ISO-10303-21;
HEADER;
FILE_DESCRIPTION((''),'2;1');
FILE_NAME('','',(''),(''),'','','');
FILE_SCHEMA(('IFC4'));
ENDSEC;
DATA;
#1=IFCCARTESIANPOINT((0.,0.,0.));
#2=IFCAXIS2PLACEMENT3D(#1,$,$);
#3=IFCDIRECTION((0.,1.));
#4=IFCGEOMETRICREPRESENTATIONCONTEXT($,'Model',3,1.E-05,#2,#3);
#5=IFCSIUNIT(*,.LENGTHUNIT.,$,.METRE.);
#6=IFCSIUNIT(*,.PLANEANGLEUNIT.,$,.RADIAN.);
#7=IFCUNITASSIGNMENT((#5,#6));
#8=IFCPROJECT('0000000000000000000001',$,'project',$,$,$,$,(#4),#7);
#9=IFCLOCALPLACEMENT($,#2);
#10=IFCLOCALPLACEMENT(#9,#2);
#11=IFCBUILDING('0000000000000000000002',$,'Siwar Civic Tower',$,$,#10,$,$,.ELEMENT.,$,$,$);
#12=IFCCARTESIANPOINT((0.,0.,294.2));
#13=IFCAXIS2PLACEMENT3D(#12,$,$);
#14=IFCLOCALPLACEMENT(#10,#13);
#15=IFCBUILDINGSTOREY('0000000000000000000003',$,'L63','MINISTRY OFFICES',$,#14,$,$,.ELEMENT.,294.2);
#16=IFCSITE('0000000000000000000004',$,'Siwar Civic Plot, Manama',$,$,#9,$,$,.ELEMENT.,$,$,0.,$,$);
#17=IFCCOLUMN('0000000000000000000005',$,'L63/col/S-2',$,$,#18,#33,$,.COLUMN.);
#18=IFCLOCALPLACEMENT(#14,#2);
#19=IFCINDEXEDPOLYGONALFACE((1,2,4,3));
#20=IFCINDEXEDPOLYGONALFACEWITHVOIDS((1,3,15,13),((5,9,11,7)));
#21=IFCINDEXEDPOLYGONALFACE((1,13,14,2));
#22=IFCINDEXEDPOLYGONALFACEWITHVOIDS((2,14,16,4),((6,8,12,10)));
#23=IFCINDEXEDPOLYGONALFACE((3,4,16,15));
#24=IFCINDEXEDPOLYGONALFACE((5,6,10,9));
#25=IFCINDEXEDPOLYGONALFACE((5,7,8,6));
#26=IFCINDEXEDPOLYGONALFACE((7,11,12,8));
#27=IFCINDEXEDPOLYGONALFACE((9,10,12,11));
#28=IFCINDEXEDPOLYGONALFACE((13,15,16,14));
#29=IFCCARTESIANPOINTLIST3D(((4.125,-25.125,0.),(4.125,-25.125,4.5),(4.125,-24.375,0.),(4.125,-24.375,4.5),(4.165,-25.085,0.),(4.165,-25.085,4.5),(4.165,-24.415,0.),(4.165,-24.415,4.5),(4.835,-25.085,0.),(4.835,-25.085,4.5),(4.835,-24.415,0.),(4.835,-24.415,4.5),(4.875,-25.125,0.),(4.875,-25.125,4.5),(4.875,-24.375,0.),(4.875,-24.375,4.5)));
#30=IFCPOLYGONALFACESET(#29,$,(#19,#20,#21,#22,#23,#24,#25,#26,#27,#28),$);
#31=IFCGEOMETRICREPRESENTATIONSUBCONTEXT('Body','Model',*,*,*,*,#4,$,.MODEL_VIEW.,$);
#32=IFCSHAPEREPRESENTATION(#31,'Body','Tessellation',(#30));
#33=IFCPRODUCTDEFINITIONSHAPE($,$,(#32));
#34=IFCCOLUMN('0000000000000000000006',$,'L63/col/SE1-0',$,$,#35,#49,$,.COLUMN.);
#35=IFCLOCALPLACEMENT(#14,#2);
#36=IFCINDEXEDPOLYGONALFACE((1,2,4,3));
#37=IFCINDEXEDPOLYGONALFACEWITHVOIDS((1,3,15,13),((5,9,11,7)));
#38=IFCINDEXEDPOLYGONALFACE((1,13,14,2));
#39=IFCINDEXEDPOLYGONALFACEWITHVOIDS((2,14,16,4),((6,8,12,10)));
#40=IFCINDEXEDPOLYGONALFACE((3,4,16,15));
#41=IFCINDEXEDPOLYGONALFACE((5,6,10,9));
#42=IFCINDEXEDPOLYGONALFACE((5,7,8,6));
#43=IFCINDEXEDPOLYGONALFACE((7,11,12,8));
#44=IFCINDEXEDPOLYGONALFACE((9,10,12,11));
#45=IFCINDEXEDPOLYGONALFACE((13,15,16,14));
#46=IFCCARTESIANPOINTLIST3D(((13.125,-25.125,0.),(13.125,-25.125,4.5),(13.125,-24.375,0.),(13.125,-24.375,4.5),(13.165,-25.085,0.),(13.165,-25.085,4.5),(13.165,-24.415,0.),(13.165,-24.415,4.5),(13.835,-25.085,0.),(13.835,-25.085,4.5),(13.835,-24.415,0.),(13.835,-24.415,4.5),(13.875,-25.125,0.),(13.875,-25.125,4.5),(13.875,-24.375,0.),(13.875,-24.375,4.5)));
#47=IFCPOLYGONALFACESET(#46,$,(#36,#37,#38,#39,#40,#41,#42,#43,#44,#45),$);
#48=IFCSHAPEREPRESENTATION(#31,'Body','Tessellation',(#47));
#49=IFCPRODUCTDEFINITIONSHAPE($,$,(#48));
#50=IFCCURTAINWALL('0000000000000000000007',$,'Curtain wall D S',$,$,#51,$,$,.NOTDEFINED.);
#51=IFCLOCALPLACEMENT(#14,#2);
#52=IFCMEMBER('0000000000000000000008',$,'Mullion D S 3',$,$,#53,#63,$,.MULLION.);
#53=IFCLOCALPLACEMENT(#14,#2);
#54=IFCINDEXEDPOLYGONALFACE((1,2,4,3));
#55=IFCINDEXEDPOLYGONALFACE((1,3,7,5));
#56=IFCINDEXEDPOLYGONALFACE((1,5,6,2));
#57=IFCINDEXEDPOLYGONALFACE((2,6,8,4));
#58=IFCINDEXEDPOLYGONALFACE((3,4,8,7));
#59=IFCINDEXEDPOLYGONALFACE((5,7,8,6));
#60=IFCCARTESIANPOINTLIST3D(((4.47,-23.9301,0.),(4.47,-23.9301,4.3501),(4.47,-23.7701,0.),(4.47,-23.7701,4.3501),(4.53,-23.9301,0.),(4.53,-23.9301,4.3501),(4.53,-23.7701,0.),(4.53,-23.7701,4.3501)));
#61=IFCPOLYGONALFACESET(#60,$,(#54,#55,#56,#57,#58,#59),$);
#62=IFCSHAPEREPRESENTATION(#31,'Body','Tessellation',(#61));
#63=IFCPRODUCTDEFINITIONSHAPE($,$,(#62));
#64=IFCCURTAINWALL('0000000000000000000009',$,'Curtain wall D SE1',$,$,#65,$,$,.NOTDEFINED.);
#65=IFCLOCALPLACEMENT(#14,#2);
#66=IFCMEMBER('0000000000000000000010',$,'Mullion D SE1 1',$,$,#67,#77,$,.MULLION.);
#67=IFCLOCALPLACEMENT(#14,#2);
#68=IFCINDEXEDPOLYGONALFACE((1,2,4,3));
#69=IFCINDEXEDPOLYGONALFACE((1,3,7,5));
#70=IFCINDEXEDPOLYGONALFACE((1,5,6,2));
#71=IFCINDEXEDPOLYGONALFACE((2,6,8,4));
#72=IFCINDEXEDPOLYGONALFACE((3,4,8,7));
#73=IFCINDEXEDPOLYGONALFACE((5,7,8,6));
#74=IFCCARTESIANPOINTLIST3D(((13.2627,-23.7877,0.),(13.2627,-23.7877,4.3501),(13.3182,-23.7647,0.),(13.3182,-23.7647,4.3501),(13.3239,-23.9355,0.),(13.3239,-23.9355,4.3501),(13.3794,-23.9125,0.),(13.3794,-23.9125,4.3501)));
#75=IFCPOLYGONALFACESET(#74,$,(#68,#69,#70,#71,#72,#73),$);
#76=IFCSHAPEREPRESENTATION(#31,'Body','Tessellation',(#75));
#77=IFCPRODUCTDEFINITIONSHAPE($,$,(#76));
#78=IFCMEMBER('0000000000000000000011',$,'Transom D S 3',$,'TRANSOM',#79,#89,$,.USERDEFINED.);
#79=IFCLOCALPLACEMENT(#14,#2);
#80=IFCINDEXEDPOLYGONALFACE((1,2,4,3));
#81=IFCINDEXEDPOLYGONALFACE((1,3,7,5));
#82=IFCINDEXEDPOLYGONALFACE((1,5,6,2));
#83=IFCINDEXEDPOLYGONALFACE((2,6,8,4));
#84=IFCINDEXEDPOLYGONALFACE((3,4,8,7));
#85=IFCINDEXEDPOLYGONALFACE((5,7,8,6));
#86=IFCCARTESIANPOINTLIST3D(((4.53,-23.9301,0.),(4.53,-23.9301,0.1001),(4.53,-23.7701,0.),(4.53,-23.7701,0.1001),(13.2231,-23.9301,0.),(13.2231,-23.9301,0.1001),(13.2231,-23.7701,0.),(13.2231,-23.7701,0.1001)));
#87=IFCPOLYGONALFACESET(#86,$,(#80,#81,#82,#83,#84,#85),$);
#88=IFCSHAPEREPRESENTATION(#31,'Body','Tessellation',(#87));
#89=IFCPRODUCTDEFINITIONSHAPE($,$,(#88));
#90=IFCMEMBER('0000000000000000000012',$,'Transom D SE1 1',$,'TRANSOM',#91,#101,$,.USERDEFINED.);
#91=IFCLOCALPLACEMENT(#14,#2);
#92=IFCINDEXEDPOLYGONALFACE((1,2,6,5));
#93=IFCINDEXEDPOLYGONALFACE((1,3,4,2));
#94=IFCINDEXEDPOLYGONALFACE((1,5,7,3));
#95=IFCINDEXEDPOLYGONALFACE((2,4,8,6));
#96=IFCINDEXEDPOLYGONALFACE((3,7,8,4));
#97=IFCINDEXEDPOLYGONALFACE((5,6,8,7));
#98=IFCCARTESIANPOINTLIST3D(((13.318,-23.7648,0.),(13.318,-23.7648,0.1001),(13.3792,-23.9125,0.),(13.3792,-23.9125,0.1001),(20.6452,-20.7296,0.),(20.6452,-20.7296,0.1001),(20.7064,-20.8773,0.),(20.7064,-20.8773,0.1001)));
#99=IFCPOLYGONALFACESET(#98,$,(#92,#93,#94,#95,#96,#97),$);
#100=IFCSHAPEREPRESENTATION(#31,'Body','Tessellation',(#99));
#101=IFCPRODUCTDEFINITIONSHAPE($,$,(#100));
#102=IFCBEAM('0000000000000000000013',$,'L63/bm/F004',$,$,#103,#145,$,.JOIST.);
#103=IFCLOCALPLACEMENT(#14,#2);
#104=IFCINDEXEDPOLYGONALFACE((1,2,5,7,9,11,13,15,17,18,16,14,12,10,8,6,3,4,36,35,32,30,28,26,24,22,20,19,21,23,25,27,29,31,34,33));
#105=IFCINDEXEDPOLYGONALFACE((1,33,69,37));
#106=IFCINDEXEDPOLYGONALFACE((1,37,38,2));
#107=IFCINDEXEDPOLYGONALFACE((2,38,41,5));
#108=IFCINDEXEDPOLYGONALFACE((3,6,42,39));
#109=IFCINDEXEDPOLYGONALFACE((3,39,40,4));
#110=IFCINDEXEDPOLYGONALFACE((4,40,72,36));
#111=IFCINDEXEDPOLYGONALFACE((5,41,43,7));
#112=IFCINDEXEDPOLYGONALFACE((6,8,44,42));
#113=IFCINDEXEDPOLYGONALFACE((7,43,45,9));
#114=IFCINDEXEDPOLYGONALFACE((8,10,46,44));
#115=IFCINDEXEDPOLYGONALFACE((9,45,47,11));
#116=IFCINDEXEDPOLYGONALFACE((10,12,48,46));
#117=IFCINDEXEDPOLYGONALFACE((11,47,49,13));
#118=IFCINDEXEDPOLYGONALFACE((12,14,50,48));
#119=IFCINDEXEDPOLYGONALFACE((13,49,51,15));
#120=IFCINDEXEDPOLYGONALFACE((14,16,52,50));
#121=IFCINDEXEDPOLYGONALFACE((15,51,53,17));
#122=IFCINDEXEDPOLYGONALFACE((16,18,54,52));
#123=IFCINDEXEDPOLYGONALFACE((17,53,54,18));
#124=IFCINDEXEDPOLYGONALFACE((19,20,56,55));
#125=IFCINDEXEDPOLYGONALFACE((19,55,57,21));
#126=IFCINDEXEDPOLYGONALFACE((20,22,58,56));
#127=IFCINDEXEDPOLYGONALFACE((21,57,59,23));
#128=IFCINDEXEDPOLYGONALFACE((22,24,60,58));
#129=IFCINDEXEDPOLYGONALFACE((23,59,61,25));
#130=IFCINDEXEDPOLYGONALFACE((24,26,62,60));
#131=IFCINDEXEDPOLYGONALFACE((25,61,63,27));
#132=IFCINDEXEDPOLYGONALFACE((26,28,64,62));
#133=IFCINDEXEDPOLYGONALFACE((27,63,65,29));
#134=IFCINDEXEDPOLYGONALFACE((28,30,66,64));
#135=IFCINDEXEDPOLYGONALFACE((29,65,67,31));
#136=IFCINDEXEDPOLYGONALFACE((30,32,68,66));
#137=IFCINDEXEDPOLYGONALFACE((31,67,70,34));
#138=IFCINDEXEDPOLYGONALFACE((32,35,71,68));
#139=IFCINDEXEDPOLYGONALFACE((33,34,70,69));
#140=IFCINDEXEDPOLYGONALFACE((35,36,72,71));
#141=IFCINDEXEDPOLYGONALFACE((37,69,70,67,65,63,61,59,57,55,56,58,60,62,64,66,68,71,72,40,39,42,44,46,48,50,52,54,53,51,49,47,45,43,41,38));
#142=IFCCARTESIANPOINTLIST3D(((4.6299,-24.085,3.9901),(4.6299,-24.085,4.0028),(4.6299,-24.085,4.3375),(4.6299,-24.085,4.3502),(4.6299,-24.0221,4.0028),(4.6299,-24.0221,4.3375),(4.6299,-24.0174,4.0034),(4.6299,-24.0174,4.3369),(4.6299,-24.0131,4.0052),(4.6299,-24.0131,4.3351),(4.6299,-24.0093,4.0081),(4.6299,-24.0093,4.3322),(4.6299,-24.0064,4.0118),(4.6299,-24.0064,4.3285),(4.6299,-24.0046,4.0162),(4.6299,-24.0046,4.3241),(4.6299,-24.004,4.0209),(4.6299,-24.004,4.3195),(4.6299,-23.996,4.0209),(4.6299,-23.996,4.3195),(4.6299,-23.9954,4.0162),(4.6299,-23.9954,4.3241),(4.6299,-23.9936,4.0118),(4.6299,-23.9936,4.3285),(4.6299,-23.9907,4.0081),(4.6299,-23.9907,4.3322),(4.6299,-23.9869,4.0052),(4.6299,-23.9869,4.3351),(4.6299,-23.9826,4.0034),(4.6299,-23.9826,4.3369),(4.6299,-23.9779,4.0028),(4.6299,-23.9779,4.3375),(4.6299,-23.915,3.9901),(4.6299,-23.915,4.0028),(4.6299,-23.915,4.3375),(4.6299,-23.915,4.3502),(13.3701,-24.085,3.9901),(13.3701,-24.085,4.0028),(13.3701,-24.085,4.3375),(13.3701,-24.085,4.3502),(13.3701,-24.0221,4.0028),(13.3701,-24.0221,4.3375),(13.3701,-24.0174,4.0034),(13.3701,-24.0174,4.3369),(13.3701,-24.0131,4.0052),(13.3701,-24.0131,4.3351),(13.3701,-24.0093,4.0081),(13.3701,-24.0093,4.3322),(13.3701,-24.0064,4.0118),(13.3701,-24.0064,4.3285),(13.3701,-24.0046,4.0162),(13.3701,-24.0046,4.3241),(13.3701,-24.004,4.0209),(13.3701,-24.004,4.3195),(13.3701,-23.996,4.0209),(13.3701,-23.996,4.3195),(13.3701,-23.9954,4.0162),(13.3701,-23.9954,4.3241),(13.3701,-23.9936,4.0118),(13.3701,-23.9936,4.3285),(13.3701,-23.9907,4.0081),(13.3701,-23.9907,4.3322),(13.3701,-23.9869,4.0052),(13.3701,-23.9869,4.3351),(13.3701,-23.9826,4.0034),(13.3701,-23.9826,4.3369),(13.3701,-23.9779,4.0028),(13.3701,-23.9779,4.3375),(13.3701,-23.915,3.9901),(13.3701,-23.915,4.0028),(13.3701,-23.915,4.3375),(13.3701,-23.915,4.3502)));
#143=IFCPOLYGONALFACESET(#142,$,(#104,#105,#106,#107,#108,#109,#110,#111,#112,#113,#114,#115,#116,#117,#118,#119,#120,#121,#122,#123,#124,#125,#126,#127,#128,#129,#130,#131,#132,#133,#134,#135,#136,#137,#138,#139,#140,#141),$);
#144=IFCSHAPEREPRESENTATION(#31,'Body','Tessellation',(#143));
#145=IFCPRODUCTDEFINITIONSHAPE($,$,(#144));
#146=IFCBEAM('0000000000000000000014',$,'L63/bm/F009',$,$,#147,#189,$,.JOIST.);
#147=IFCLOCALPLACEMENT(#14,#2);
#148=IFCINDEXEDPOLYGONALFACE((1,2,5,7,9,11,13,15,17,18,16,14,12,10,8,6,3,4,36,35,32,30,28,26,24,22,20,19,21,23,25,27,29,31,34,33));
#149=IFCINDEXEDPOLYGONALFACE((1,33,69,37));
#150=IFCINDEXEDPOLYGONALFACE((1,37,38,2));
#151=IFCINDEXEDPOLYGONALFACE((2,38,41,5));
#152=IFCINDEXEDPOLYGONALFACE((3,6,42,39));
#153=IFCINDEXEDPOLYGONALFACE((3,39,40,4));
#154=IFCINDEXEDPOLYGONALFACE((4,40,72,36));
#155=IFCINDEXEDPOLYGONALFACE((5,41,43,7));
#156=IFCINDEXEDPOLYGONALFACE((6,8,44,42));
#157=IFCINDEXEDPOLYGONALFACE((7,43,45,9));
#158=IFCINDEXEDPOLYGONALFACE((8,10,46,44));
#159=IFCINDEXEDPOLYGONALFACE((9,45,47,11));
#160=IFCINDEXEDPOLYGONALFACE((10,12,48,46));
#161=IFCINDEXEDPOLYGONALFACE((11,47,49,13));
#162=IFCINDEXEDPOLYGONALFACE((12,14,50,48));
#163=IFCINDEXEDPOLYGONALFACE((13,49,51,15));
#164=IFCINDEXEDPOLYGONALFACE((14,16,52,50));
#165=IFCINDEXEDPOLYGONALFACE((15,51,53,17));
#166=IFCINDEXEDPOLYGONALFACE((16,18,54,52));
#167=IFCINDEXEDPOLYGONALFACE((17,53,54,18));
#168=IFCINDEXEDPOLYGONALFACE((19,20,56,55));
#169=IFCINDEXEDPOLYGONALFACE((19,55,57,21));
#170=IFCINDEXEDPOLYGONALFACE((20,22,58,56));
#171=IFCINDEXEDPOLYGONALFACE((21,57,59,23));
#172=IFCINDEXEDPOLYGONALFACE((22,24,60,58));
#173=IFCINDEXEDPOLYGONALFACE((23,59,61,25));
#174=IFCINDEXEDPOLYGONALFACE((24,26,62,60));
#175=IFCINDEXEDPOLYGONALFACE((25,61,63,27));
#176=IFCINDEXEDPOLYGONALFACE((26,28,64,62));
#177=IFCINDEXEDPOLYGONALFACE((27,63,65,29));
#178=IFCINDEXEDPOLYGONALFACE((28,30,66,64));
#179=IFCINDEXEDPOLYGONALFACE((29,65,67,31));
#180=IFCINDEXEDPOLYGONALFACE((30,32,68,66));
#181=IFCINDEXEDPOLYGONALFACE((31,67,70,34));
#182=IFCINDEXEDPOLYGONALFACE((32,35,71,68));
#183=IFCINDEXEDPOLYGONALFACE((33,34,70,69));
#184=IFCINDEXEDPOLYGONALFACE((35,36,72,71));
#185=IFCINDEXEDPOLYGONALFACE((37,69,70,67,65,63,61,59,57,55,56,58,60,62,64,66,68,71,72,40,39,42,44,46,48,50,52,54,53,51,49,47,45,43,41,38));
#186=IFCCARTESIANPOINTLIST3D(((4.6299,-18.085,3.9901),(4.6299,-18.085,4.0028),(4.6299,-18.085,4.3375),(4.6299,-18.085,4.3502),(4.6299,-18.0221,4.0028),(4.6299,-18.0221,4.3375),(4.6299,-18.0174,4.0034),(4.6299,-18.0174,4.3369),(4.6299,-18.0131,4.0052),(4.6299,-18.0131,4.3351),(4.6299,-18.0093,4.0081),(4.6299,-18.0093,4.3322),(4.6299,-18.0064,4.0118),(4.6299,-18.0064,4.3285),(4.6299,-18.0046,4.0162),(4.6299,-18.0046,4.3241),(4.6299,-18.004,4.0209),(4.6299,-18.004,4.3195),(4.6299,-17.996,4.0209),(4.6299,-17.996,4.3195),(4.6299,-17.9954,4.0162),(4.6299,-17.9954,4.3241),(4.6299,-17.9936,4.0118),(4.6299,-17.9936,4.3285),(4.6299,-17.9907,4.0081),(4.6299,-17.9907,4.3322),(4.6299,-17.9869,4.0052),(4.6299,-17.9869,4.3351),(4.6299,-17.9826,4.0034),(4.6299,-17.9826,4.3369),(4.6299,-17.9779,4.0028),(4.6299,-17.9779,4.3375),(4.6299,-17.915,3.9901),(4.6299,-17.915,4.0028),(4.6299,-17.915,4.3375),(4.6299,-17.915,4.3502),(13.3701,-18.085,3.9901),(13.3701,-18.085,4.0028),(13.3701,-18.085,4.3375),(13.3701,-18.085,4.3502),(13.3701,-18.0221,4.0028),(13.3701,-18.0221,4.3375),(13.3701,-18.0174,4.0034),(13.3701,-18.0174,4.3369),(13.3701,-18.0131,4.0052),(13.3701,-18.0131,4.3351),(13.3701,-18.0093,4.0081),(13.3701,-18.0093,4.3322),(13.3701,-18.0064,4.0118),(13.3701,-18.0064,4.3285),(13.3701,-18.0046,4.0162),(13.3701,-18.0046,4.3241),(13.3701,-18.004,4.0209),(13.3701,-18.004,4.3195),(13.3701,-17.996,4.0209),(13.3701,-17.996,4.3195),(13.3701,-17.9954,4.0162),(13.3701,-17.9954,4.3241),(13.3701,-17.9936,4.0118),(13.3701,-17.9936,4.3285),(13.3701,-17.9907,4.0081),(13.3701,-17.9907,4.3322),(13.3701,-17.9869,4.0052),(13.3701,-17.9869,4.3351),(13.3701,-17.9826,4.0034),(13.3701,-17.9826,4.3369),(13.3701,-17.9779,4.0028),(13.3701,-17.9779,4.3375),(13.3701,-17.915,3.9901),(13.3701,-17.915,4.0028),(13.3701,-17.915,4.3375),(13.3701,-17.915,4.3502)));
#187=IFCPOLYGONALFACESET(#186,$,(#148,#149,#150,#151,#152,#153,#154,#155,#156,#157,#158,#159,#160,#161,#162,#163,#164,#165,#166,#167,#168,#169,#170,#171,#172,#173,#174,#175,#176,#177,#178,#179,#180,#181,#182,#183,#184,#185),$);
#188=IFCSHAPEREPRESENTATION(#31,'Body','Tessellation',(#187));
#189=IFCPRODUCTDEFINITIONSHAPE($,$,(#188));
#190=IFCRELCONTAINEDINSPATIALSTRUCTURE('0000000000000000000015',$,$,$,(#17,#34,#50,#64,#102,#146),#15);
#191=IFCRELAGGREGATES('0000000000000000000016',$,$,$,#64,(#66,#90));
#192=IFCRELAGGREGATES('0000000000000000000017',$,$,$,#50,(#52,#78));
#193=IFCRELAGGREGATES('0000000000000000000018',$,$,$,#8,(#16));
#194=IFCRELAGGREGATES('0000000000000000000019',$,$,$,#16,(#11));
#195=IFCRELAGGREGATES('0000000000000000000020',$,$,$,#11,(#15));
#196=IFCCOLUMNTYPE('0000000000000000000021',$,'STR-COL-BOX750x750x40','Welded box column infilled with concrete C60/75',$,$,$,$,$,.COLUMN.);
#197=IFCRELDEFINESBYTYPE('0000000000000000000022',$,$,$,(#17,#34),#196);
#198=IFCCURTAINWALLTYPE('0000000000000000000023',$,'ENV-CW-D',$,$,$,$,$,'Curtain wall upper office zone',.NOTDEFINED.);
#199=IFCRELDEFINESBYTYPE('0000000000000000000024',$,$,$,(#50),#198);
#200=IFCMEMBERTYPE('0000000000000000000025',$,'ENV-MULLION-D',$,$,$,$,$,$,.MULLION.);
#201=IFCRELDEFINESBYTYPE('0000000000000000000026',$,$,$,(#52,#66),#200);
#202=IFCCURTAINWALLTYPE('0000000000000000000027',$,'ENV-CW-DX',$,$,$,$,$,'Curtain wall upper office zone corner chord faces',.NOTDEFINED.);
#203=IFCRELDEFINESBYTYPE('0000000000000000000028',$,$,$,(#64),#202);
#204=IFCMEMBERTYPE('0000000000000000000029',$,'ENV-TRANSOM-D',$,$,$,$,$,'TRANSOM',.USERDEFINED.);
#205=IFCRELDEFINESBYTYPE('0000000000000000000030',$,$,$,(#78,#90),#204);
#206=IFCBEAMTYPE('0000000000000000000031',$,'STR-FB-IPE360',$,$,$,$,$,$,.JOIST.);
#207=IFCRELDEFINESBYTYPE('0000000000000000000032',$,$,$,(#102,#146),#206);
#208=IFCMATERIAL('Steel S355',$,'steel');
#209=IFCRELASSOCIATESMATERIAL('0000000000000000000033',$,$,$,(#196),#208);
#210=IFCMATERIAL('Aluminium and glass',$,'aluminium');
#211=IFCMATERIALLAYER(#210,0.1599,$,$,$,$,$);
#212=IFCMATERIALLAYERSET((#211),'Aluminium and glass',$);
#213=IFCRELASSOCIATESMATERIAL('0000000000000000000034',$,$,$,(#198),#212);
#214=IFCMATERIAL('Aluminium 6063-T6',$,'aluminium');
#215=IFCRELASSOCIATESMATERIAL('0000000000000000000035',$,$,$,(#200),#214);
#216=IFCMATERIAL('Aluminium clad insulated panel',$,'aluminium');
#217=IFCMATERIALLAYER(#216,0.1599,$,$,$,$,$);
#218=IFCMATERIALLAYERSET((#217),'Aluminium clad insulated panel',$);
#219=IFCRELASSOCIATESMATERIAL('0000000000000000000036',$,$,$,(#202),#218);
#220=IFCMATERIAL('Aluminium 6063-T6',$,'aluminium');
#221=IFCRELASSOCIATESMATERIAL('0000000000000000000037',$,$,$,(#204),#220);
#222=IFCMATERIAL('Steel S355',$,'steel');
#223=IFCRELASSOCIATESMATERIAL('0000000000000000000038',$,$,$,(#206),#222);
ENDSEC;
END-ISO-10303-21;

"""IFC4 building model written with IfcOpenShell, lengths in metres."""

from ifc_helpers import new_model, si_unit, direction, frame, origin, origin_2d, place, context, subcontext, project, spatial, rectangle, hollow_rectangle, i_section, extrude, material, layer, layer_set, material_profile, profile_set, type_object, element, aggregate, save


model = new_model("IFC4")

# Units and contexts
model_context = context("Model", 3, precision=1e-05, world=origin(), true_north=direction((0.0, 1.0)))
body_context = subcontext(model_context, "Body", "Model", "MODEL_VIEW")
ifc_project = project(units=[si_unit("LENGTHUNIT", "METRE"), si_unit("PLANEANGLEUNIT", "RADIAN")], contexts=[model_context])

# Site, building, storey
site_placement = place(None, origin())
site = spatial("IfcSite", under=ifc_project, at=site_placement, Name="Siwar Civic Plot, Manama", CompositionType="ELEMENT", RefElevation=0.0)
building_placement = place(site_placement, origin())
building = spatial("IfcBuilding", under=site, at=building_placement, Name="Siwar Civic Tower", CompositionType="ELEMENT")
storey_placement = place(building_placement, frame((0.0, 0.0, 294.2)))
storey = spatial("IfcBuildingStorey", under=building, at=storey_placement, Name="L63", Description="MINISTRY OFFICES", CompositionType="ELEMENT", Elevation=294.2)

# Columns
ifc_material_1 = material(Name="Steel S355", Category="steel")
ifc_material_profile_1 = material_profile(ifc_material_1, hollow_rectangle(XDim=0.75, YDim=0.75, WallThickness=0.04, at=origin_2d()), Name="BOX750x750x40")
ifc_profile_set_1 = profile_set([ifc_material_profile_1], Name="Steel S355")
column_type = type_object("IfcColumnType", Name="STR-COL-BOX750x750x40", Description="Welded box column infilled with concrete C60/75", PredefinedType="COLUMN", material=ifc_profile_set_1)
for number, where, z_axis, x_axis, name in (
    (1, (4.5, -24.75, 0.0), (0.0, 0.0, 1.0), (1.0, 0.0, 0.0), "L63/col/S-2"),
    (2, (13.5, -24.75, 0.0), (0.0, 0.0, 1.0), (1.0, 0.0, 0.0), "L63/col/SE1-0"),
):
    element("IfcColumn", number, at=place(storey_placement, frame(where, z_axis=z_axis, x_axis=x_axis)), inside=storey, type_object=column_type, Name=name, PredefinedType="COLUMN", context=body_context, shape_type="SweptSolid", body=[
        extrude(hollow_rectangle(XDim=0.75, YDim=0.75, WallThickness=0.04, at=origin_2d()), origin(), (0.0, 0.0, 1.0), 4.5),
    ])

# Curtain walls, members
ifc_material_2 = material(Name="Aluminium and glass", Category="aluminium")
ifc_layer_1 = layer(ifc_material_2, 0.1599)
ifc_layer_set_1 = layer_set([ifc_layer_1], Name="Aluminium and glass")
curtain_wall_type_1 = type_object("IfcCurtainWallType", Name="ENV-CW-D", ElementType="Curtain wall upper office zone", PredefinedType="NOTDEFINED", material=ifc_layer_set_1)
curtain_wall_1_placement = place(storey_placement, origin())
curtain_wall_1 = element("IfcCurtainWall", 3, at=curtain_wall_1_placement, inside=storey, type_object=curtain_wall_type_1, Name="Curtain wall D S", PredefinedType="NOTDEFINED")
ifc_material_3 = material(Name="Aluminium 6063-T6", Category="aluminium")
ifc_material_profile_2 = material_profile(ifc_material_3, rectangle(XDim=0.1599, YDim=0.0601, at=origin_2d()), Name="AL 160x60")
ifc_profile_set_2 = profile_set([ifc_material_profile_2], Name="Aluminium 6063-T6")
member_type_1 = type_object("IfcMemberType", Name="ENV-MULLION-D", PredefinedType="MULLION", material=ifc_profile_set_2)
member_1_placement = place(storey_placement, frame((4.5, -23.8501, 0.0), z_axis=(0.0, 0.0, 1.0), x_axis=(0.0, 1.0, 0.0)))
member_1 = element("IfcMember", 4, at=member_1_placement, type_object=member_type_1, Name="Mullion D S 3", PredefinedType="MULLION", context=body_context, shape_type="SweptSolid", body=[
    extrude(rectangle(XDim=0.1599, YDim=0.0601, at=origin_2d()), origin(), (0.0, 0.0, 1.0), 4.3501),
])
ifc_material_4 = material(Name="Aluminium clad insulated panel", Category="aluminium")
ifc_layer_2 = layer(ifc_material_4, 0.1599)
ifc_layer_set_2 = layer_set([ifc_layer_2], Name="Aluminium clad insulated panel")
curtain_wall_type_2 = type_object("IfcCurtainWallType", Name="ENV-CW-DX", ElementType="Curtain wall upper office zone corner chord faces", PredefinedType="NOTDEFINED", material=ifc_layer_set_2)
curtain_wall_2_placement = place(storey_placement, origin())
curtain_wall_2 = element("IfcCurtainWall", 5, at=curtain_wall_2_placement, inside=storey, type_object=curtain_wall_type_2, Name="Curtain wall D SE1", PredefinedType="NOTDEFINED")
member_2_placement = place(storey_placement, frame((13.321, -23.8501, 0.0), z_axis=(0.0, 0.0, 1.0), x_axis=(-0.382683, 0.92388, 0.0)))
member_2 = element("IfcMember", 6, at=member_2_placement, type_object=member_type_1, Name="Mullion D SE1 1", PredefinedType="MULLION", context=body_context, shape_type="SweptSolid", body=[
    extrude(rectangle(XDim=0.1599, YDim=0.0601, at=origin_2d()), origin(), (0.0, 0.0, 1.0), 4.3501),
])

# Members
ifc_material_5 = material(Name="Aluminium 6063-T6", Category="aluminium")
ifc_material_profile_3 = material_profile(ifc_material_5, rectangle(XDim=0.1599, YDim=0.1001, at=origin_2d()), Name="AL 160x100")
ifc_profile_set_3 = profile_set([ifc_material_profile_3], Name="Aluminium 6063-T6")
member_type_2 = type_object("IfcMemberType", Name="ENV-TRANSOM-D", ElementType="TRANSOM", PredefinedType="USERDEFINED", material=ifc_profile_set_3)
member_3_placement = place(storey_placement, frame((4.53, -23.8501, 0.05), z_axis=(1.0, 0.0, 0.0), x_axis=(0.0, 1.0, 0.0)))
member_3 = element("IfcMember", 7, at=member_3_placement, type_object=member_type_2, Name="Transom D S 3", ObjectType="TRANSOM", PredefinedType="USERDEFINED", context=body_context, shape_type="SweptSolid", body=[
    extrude(rectangle(XDim=0.1599, YDim=0.1001, at=origin_2d()), origin(), (0.0, 0.0, 1.0), 8.6931),
])
member_4_placement = place(storey_placement, frame((13.3486, -23.8386, 0.05), z_axis=(0.923873, 0.3827, 0.0), x_axis=(-0.3827, 0.923873, 0.0)))
member_4 = element("IfcMember", 8, at=member_4_placement, type_object=member_type_2, Name="Transom D SE1 1", ObjectType="TRANSOM", PredefinedType="USERDEFINED", context=body_context, shape_type="SweptSolid", body=[
    extrude(rectangle(XDim=0.1599, YDim=0.1001, at=origin_2d()), origin(), (0.0, 0.0, 1.0), 7.9309),
])
aggregate(curtain_wall_2, [member_2, member_4])

# Beams
ifc_material_6 = material(Name="Steel S355", Category="steel")
ifc_material_profile_4 = material_profile(ifc_material_6, i_section(OverallWidth=0.1699, OverallDepth=0.3601, WebThickness=0.0081, FlangeThickness=0.0127, FilletRadius=0.0181, at=origin_2d()), Name="IPE360")
ifc_profile_set_4 = profile_set([ifc_material_profile_4], Name="Steel S355")
beam_type_1 = type_object("IfcBeamType", Name="STR-FB-IPE360", PredefinedType="JOIST", material=ifc_profile_set_4)
for number, where, z_axis, x_axis, name in (
    (9, (4.6299, -24.0, 4.1702), (1.0, 0.0, 0.0), (0.0, 1.0, 0.0), "L63/bm/F004"),
    (10, (4.6299, -18.0, 4.1702), (1.0, 0.0, 0.0), (0.0, 1.0, 0.0), "L63/bm/F009"),
):
    element("IfcBeam", number, at=place(storey_placement, frame(where, z_axis=z_axis, x_axis=x_axis)), inside=storey, type_object=beam_type_1, Name=name, PredefinedType="JOIST", context=body_context, shape_type="SweptSolid", body=[
        extrude(i_section(OverallWidth=0.1699, OverallDepth=0.3601, WebThickness=0.0081, FlangeThickness=0.0127, FilletRadius=0.0181, at=origin_2d()), origin(), (0.0, 0.0, 1.0), 8.7402),
    ])

aggregate(curtain_wall_1, [member_1, member_3])

save(model, "model.ifc")
